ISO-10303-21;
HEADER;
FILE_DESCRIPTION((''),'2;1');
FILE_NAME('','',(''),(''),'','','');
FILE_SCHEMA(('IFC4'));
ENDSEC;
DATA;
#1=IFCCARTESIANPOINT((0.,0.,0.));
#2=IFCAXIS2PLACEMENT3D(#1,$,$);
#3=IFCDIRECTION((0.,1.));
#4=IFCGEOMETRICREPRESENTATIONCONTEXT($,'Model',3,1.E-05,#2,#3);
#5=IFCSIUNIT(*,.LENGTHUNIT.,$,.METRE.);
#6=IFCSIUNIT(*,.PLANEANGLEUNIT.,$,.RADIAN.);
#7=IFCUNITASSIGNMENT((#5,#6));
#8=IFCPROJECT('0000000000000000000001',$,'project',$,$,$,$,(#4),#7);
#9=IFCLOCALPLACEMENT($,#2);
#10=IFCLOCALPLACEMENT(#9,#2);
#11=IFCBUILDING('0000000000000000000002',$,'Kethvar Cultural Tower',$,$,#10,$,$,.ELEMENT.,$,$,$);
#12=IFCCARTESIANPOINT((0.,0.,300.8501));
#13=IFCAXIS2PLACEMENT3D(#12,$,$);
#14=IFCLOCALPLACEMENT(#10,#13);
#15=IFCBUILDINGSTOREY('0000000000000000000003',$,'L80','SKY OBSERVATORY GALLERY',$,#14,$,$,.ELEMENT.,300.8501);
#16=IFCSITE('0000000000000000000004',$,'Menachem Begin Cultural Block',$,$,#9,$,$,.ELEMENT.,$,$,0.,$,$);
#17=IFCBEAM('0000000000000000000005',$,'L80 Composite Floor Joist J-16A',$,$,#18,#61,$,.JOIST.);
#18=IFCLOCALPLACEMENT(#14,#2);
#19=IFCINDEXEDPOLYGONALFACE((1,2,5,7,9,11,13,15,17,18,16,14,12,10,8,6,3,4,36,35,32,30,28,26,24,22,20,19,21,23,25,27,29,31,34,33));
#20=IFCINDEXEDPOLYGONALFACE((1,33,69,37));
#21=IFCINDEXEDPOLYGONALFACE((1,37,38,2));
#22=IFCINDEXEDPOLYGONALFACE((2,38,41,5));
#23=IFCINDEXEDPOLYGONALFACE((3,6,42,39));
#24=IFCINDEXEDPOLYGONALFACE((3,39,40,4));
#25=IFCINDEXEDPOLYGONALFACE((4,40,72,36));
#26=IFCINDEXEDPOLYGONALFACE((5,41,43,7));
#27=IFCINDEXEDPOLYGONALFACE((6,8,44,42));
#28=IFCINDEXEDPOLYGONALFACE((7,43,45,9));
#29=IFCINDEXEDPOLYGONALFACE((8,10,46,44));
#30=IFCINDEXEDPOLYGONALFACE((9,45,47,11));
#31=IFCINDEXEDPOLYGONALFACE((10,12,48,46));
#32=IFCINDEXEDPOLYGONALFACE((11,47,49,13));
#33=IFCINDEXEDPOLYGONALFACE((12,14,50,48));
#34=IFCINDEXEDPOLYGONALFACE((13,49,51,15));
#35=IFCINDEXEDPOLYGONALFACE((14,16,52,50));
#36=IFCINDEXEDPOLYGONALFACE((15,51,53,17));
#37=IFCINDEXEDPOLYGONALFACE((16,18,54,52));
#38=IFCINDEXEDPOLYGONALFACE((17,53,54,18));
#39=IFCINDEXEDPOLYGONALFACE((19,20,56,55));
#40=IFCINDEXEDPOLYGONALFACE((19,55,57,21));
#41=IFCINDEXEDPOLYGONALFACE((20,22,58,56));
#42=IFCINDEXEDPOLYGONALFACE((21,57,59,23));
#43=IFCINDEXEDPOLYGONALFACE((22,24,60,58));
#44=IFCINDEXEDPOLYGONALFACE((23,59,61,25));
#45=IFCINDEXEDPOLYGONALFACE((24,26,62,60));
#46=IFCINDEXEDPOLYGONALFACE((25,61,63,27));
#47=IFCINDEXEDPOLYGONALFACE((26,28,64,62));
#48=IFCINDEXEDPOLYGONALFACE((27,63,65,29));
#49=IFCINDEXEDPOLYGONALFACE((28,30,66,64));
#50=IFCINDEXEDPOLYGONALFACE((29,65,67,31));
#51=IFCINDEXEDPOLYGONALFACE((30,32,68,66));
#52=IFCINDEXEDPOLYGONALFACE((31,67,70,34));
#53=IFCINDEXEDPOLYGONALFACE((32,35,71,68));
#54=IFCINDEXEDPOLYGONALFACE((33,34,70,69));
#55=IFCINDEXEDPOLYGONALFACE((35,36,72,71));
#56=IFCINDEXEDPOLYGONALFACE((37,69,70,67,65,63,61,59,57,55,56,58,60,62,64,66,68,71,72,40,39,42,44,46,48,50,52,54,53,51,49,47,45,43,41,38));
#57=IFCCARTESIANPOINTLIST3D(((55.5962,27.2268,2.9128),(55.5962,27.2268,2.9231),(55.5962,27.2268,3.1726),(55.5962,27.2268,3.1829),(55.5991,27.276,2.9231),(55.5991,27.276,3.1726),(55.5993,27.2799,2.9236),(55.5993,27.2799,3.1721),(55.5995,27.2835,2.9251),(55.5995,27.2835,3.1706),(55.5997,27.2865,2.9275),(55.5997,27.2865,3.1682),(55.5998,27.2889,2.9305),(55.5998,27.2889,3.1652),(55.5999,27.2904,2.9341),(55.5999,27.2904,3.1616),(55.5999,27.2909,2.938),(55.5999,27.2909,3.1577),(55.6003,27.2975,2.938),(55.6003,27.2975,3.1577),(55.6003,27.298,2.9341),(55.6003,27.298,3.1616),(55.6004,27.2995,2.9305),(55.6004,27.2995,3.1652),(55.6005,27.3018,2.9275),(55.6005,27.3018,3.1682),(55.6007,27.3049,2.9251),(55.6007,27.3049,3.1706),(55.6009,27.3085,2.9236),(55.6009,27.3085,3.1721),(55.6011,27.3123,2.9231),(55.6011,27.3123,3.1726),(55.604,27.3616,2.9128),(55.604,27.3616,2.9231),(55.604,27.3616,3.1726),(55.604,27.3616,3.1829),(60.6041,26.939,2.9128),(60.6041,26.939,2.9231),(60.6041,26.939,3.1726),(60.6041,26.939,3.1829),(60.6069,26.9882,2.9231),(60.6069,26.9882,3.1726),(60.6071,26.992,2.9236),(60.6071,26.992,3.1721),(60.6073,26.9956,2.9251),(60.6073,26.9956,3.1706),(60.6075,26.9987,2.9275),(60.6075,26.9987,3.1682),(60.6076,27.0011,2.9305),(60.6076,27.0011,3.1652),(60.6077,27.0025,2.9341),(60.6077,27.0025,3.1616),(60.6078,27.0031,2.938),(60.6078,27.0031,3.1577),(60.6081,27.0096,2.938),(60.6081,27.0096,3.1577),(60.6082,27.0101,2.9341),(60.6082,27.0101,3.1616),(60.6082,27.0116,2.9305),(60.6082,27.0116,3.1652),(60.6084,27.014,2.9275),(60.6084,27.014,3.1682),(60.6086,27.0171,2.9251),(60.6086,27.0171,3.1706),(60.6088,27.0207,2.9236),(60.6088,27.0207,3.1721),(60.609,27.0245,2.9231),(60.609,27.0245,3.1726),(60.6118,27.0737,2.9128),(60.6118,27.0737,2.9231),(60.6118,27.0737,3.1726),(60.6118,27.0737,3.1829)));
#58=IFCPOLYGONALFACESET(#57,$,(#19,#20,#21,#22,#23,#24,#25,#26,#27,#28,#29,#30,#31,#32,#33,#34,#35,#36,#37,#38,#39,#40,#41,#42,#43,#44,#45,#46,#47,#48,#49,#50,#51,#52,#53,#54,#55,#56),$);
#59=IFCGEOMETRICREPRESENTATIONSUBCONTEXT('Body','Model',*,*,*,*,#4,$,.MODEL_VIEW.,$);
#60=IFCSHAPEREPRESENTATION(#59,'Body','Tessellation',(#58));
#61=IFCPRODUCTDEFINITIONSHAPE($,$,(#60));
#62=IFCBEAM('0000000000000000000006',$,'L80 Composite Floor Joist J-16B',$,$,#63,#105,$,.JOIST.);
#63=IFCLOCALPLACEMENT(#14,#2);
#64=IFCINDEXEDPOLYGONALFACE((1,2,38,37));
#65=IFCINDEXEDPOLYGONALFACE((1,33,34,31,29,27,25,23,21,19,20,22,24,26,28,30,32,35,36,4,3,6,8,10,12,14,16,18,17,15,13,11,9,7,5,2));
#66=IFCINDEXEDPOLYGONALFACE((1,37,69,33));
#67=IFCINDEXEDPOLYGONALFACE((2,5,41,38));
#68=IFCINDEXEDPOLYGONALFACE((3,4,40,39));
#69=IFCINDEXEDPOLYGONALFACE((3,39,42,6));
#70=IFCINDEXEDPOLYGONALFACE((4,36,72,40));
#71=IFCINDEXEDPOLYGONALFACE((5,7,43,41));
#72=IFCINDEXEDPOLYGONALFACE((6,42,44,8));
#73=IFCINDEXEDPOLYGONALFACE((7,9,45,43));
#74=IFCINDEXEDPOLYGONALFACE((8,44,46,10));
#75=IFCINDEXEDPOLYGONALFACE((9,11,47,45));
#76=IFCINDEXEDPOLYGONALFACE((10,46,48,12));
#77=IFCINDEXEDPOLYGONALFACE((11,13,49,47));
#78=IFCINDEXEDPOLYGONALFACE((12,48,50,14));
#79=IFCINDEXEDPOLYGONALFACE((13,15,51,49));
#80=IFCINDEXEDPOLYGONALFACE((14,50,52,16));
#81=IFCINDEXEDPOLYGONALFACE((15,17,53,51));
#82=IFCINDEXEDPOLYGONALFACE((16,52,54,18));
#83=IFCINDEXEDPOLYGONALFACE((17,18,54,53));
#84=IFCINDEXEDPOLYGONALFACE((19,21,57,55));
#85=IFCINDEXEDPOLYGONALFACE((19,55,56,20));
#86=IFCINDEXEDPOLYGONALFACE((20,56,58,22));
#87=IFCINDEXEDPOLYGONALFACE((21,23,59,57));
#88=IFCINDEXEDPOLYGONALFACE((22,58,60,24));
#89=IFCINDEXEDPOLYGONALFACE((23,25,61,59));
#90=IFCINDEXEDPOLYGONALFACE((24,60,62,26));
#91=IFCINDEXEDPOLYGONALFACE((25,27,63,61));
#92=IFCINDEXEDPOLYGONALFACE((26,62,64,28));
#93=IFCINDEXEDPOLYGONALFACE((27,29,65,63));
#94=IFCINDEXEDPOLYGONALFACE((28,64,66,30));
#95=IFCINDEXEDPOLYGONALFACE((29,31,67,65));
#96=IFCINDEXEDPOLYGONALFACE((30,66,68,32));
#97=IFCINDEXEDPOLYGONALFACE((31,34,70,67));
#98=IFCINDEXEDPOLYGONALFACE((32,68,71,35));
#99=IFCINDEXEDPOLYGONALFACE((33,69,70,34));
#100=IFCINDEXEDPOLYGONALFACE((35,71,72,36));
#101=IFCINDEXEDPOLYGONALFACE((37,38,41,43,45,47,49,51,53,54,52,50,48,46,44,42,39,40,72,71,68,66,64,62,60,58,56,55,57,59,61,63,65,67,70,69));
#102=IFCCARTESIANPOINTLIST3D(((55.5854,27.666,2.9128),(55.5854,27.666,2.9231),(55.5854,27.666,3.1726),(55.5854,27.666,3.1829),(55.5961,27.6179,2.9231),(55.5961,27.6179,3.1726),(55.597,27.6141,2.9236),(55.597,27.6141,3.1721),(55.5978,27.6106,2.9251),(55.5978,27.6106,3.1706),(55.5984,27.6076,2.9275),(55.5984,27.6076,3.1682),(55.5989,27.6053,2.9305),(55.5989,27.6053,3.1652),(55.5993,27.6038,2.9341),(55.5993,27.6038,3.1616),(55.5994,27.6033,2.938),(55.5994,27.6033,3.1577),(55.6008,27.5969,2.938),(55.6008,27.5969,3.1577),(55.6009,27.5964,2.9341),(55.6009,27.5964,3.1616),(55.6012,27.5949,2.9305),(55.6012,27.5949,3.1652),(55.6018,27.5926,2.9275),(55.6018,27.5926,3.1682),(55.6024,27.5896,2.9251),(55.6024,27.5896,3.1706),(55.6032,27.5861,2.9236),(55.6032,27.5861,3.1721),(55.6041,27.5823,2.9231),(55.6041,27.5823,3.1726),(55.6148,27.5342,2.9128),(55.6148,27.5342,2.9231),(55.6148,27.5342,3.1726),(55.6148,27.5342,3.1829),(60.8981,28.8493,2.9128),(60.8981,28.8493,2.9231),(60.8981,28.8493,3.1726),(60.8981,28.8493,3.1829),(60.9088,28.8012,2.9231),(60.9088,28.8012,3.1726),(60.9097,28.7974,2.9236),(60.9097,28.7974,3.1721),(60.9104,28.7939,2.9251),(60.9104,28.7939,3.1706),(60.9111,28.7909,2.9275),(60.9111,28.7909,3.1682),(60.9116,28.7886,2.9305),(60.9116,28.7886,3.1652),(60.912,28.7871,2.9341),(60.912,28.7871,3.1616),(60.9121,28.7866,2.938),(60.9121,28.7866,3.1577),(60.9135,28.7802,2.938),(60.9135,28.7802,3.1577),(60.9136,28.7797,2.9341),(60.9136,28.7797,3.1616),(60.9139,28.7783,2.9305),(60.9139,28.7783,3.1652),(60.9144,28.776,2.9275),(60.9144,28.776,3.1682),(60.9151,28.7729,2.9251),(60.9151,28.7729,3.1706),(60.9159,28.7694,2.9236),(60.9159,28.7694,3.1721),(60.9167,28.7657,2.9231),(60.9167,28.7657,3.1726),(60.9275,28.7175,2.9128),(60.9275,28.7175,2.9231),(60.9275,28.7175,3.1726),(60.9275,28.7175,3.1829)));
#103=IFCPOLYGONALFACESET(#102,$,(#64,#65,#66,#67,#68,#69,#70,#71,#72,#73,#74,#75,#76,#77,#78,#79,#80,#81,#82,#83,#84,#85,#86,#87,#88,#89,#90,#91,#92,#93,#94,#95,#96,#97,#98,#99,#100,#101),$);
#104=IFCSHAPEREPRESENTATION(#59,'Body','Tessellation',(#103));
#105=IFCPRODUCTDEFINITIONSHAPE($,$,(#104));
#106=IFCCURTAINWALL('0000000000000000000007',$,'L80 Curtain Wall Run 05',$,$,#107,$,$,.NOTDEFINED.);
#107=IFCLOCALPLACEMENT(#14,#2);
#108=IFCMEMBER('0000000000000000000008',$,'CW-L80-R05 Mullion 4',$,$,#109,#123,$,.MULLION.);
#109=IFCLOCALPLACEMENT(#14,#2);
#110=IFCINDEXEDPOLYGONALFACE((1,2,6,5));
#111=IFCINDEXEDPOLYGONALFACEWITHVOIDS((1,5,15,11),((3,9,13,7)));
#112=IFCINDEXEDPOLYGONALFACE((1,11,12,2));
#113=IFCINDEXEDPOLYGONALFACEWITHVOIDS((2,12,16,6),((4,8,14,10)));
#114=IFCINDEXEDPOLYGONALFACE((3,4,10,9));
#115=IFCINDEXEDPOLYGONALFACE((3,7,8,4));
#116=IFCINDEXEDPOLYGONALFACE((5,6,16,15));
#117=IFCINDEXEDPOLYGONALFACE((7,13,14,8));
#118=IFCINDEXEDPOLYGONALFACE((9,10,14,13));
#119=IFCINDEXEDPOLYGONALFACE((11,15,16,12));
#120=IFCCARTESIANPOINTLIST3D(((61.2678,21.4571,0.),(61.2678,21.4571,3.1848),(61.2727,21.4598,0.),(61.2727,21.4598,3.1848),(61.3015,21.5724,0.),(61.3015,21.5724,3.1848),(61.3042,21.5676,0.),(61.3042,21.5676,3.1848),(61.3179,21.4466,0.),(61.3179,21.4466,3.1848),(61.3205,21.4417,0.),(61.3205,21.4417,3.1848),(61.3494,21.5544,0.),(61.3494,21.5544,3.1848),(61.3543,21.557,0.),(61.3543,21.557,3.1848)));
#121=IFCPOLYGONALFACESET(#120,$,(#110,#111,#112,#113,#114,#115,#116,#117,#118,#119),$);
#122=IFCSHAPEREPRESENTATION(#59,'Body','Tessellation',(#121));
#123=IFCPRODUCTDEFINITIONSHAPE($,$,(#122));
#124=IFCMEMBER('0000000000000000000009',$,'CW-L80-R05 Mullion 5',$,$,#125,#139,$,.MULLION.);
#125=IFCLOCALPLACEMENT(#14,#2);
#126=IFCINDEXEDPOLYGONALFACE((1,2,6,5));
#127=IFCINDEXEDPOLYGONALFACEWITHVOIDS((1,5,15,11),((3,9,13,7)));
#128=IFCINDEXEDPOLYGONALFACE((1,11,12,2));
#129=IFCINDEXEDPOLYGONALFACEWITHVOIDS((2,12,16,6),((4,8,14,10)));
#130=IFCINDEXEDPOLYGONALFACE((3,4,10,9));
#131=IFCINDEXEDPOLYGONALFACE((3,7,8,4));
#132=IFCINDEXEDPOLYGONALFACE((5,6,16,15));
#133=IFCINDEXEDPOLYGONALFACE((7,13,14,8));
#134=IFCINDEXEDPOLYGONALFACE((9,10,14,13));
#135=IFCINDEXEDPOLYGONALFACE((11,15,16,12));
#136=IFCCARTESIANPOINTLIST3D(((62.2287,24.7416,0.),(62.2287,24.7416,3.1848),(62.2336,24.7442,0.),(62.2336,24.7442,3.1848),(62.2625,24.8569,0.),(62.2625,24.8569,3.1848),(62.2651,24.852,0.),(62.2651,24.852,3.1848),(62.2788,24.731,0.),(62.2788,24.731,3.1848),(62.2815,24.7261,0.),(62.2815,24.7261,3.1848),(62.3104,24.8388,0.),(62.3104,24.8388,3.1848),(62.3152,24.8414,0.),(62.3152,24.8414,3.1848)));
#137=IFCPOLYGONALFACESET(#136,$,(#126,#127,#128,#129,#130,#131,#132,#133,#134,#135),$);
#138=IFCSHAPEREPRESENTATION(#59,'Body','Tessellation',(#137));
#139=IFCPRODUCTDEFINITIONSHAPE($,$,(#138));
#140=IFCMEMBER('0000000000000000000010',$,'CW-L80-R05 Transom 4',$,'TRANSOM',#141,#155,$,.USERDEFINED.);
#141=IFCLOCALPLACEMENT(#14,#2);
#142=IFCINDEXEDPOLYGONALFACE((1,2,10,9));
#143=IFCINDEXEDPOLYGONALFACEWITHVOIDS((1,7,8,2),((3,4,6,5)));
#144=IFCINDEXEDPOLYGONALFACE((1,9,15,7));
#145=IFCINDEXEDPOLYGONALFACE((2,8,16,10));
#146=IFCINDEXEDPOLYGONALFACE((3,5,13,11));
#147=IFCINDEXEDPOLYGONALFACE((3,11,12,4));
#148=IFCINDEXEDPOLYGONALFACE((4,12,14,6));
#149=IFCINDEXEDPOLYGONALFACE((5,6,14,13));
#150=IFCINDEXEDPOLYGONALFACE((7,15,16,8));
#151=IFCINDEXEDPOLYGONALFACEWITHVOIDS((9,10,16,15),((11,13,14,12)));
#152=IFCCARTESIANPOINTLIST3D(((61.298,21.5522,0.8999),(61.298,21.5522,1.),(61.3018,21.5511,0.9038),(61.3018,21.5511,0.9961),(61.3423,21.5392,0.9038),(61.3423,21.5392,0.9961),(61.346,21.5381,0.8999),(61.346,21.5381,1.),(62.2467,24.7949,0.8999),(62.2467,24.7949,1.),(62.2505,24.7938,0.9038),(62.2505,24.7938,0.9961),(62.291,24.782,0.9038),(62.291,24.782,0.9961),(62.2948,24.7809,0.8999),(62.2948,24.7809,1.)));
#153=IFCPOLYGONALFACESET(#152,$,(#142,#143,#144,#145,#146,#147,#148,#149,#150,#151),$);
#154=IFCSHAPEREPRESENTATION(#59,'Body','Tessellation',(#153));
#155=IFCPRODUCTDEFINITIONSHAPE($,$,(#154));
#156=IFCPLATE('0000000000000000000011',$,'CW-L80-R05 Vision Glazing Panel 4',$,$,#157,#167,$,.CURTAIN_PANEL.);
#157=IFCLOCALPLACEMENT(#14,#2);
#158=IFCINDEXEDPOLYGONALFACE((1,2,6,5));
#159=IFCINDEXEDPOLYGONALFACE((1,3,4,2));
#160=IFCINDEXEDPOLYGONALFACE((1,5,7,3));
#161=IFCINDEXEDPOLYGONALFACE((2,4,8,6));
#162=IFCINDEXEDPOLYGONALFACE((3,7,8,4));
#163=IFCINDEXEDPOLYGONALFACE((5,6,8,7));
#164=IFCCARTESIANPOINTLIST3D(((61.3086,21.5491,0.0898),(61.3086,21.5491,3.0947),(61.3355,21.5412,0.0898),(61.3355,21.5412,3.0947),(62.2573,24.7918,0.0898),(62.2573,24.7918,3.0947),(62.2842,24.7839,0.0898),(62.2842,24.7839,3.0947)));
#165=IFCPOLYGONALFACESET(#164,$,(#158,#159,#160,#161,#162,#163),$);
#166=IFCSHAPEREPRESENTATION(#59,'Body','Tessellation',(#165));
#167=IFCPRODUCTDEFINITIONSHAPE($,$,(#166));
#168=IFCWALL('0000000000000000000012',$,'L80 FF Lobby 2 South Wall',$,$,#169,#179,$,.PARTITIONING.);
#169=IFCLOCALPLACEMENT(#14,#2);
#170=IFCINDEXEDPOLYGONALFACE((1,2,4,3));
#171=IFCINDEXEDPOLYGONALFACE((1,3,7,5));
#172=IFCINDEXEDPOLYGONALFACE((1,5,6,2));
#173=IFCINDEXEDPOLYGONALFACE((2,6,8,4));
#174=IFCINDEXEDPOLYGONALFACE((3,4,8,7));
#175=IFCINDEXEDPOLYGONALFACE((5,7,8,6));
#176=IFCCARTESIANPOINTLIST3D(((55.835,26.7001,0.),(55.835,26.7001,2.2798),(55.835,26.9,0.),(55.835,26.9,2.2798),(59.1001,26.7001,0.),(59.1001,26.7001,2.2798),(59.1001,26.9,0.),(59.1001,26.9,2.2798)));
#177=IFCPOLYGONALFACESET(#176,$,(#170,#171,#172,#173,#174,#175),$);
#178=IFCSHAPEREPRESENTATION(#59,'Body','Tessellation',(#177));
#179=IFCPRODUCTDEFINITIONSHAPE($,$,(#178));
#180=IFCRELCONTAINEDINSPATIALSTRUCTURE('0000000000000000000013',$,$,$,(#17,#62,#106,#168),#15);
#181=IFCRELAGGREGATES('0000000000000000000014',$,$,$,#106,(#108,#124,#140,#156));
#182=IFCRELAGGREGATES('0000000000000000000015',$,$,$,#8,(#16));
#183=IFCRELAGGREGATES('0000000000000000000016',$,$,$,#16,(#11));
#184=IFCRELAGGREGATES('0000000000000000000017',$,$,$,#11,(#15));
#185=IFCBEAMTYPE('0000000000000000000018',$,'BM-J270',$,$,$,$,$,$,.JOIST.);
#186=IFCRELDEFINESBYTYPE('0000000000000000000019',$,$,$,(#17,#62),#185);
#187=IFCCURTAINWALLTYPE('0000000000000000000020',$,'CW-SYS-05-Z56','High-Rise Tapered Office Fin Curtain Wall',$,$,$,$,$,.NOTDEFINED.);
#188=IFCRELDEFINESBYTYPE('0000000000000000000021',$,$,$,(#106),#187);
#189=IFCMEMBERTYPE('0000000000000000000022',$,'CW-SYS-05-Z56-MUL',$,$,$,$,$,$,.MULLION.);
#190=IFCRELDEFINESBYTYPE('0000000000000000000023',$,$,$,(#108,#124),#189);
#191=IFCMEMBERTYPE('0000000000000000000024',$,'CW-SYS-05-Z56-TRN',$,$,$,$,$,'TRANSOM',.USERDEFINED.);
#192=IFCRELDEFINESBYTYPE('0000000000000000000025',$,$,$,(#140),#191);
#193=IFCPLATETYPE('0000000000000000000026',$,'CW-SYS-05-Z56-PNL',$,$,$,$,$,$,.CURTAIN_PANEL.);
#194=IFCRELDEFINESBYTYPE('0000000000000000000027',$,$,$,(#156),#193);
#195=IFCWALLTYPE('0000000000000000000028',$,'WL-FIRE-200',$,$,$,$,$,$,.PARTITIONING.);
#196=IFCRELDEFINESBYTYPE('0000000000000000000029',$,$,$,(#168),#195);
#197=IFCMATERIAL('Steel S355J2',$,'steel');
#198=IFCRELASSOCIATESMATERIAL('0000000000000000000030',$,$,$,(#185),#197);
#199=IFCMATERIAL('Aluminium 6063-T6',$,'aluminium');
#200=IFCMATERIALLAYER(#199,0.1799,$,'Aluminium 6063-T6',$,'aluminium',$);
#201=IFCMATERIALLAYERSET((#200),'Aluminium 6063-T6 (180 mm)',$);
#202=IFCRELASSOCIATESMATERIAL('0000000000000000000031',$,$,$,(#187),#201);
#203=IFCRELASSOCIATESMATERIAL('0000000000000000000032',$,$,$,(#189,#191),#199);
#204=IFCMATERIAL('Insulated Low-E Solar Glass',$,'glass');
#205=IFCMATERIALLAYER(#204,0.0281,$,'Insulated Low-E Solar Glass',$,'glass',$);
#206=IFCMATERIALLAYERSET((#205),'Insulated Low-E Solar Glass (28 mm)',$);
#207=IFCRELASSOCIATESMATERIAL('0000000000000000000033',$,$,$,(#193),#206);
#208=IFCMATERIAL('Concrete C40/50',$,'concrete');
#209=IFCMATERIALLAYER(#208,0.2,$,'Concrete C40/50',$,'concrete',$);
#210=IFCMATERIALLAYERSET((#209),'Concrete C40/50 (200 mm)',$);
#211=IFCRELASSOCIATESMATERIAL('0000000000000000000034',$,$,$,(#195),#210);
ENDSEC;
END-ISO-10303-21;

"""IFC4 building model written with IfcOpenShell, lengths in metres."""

from ifc_helpers import new_model, si_unit, direction, frame, frame_2d, origin, origin_2d, place, context, subcontext, project, spatial, rectangle, hollow_rectangle, i_section, extrude, source, transform, mapped, material, layer, layer_set, material_profile, profile_set, type_object, element, aggregate, save


model = new_model("IFC4")

# Units and contexts
model_context = context("Model", 3, precision=1e-05, world=origin(), true_north=direction((0.0, 1.0)))
body_context = subcontext(model_context, "Body", "Model", "MODEL_VIEW")
ifc_project = project(units=[si_unit("LENGTHUNIT", "METRE"), si_unit("PLANEANGLEUNIT", "RADIAN")], contexts=[model_context])

# Site, building, storey
site_placement = place(None, origin())
site = spatial("IfcSite", under=ifc_project, at=site_placement, Name="Menachem Begin Cultural Block", CompositionType="ELEMENT", RefElevation=0.0)
building_placement = place(site_placement, origin())
building = spatial("IfcBuilding", under=site, at=building_placement, Name="Kethvar Cultural Tower", CompositionType="ELEMENT")
storey_placement = place(building_placement, frame((0.0, 0.0, 300.8501)))
storey = spatial("IfcBuildingStorey", under=building, at=storey_placement, Name="L80", Description="SKY OBSERVATORY GALLERY", CompositionType="ELEMENT", Elevation=300.8501)

# Shared definitions
ifc_material_1 = material(Name="Steel S355J2", Category="steel")

# Beams
ifc_material_profile_1 = material_profile(ifc_material_1, i_section(OverallWidth=0.135, OverallDepth=0.27, WebThickness=0.0066, FlangeThickness=0.0103, FilletRadius=0.0149, at=origin_2d()), Name="Steel S355J2 — IPE270")
ifc_profile_set_1 = profile_set([ifc_material_profile_1], Name="Steel S355J2 — IPE270")
beam_type_1 = type_object("IfcBeamType", Name="BM-J270", PredefinedType="JOIST", material=ifc_profile_set_1)
shared_shape_1 = source(origin(), body_context, "Body", "SweptSolid", [
    extrude(i_section(OverallWidth=0.135, OverallDepth=0.27, WebThickness=0.0066, FlangeThickness=0.0103, FilletRadius=0.0149, at=origin_2d()), origin(), (0.0, 0.0, 1.0), 5.0161),
])
beam_1_placement = place(storey_placement, frame((55.6001, 27.2942, 3.0479), z_axis=(0.998352, -0.057384, 0.0), x_axis=(0.057384, 0.998352, 0.0)))
element("IfcBeam", 1, at=beam_1_placement, inside=storey, type_object=beam_type_1, Name="L80 Composite Floor Joist J-16A", PredefinedType="JOIST", context=body_context, shape_type="MappedRepresentation", body=[
    mapped(shared_shape_1, transform((0.0, 0.0, 0.0), scale=1.0)),
])
shared_shape_2 = source(origin(), body_context, "Body", "SweptSolid", [
    extrude(i_section(OverallWidth=0.135, OverallDepth=0.27, WebThickness=0.0066, FlangeThickness=0.0103, FilletRadius=0.0149, at=origin_2d()), origin(), (0.0, 0.0, 1.0), 5.4429),
])
beam_2_placement = place(storey_placement, frame((55.6001, 27.6001, 3.0479), z_axis=(0.97608, 0.21741, 0.0), x_axis=(-0.21741, 0.97608, 0.0)))
element("IfcBeam", 2, at=beam_2_placement, inside=storey, type_object=beam_type_1, Name="L80 Composite Floor Joist J-16B", PredefinedType="JOIST", context=body_context, shape_type="MappedRepresentation", body=[
    mapped(shared_shape_2, transform((0.0, 0.0, 0.0), scale=1.0)),
])

# Curtain wall, members, plate
ifc_material_2 = material(Name="Aluminium 6063-T6", Category="aluminium")
ifc_layer_1 = layer(ifc_material_2, 0.1799, Name="Aluminium 6063-T6", Category="aluminium")
ifc_layer_set_1 = layer_set([ifc_layer_1], Name="Aluminium 6063-T6 (180 mm)")
curtain_wall_type = type_object("IfcCurtainWallType", Name="CW-SYS-05-Z56", Description="High-Rise Tapered Office Fin Curtain Wall", PredefinedType="NOTDEFINED", material=ifc_layer_set_1)
curtain_wall_placement = place(storey_placement, origin())
curtain_wall = element("IfcCurtainWall", 3, at=curtain_wall_placement, inside=storey, type_object=curtain_wall_type, Name="L80 Curtain Wall Run 05", PredefinedType="NOTDEFINED")
ifc_material_profile_2 = material_profile(ifc_material_2, hollow_rectangle(XDim=0.0549, YDim=0.1201, WallThickness=0.0039, at=origin_2d()), Name="Aluminium 6063-T6 — RHS120x55x4")
ifc_profile_set_2 = profile_set([ifc_material_profile_2], Name="Aluminium 6063-T6 — RHS120x55x4")
member_type_1 = type_object("IfcMemberType", Name="CW-SYS-05-Z56-MUL", PredefinedType="MULLION", material=ifc_profile_set_2)
shared_shape_3 = source(origin(), body_context, "Body", "SweptSolid", [
    extrude(hollow_rectangle(XDim=0.0549, YDim=0.1201, WallThickness=0.0039, at=origin_2d()), origin(), (0.0, 0.0, 1.0), 3.1848),
])
member_1_placement = place(storey_placement, frame((61.311, 21.5071, 0.0), z_axis=(0.0, 0.0, 1.0), x_axis=(-0.959771, 0.280784, 0.0)))
member_1 = element("IfcMember", 4, at=member_1_placement, type_object=member_type_1, Name="CW-L80-R05 Mullion 4", PredefinedType="MULLION", context=body_context, shape_type="MappedRepresentation", body=[
    mapped(shared_shape_3, transform((0.0, 0.0, 0.0), scale=1.0)),
])
member_2_placement = place(storey_placement, frame((62.272, 24.7915, 0.0), z_axis=(0.0, 0.0, 1.0), x_axis=(-0.959771, 0.280784, 0.0)))
member_2 = element("IfcMember", 5, at=member_2_placement, type_object=member_type_1, Name="CW-L80-R05 Mullion 5", PredefinedType="MULLION", context=body_context, shape_type="MappedRepresentation", body=[
    mapped(shared_shape_3, transform((0.0, 0.0, 0.0), scale=1.0)),
])
ifc_material_profile_3 = material_profile(ifc_material_2, hollow_rectangle(XDim=0.05, YDim=0.1001, WallThickness=0.0039, at=origin_2d()), Name="Aluminium 6063-T6 — RHS100x50x4")
ifc_profile_set_3 = profile_set([ifc_material_profile_3], Name="Aluminium 6063-T6 — RHS100x50x4")
member_type_2 = type_object("IfcMemberType", Name="CW-SYS-05-Z56-TRN", ElementType="TRANSOM", PredefinedType="USERDEFINED", material=ifc_profile_set_3)
shared_shape_4 = source(origin(), body_context, "Body", "SweptSolid", [
    extrude(hollow_rectangle(XDim=0.05, YDim=0.1001, WallThickness=0.0039, at=origin_2d()), origin(), (0.0, 0.0, 1.0), 3.3787),
])
member_3_placement = place(storey_placement, frame((61.322, 21.5452, 0.95), z_axis=(0.280805, 0.959765, 0.0), x_axis=(-0.959765, 0.280805, 0.0)))
member_3 = element("IfcMember", 6, at=member_3_placement, type_object=member_type_2, Name="CW-L80-R05 Transom 4", ObjectType="TRANSOM", PredefinedType="USERDEFINED", context=body_context, shape_type="MappedRepresentation", body=[
    mapped(shared_shape_4, transform((0.0, 0.0, 0.0), scale=1.0)),
])
ifc_material_3 = material(Name="Insulated Low-E Solar Glass", Category="glass")
ifc_layer_2 = layer(ifc_material_3, 0.0281, Name="Insulated Low-E Solar Glass", Category="glass")
ifc_layer_set_2 = layer_set([ifc_layer_2], Name="Insulated Low-E Solar Glass (28 mm)")
plate_type = type_object("IfcPlateType", Name="CW-SYS-05-Z56-PNL", PredefinedType="CURTAIN_PANEL", material=ifc_layer_set_2)
shared_shape_5 = source(origin(), body_context, "Body", "SweptSolid", [
    extrude(rectangle(XDim=3.3787, YDim=0.0281, at=origin_2d()), origin(), (0.0, 0.0, 1.0), 3.0049),
])
plate_placement = place(storey_placement, frame((61.7964, 23.1665, 0.0898), z_axis=(0.0, 0.0, 1.0), x_axis=(0.280784, 0.959771, 0.0)))
plate = element("IfcPlate", 7, at=plate_placement, type_object=plate_type, Name="CW-L80-R05 Vision Glazing Panel 4", PredefinedType="CURTAIN_PANEL", context=body_context, shape_type="MappedRepresentation", body=[
    mapped(shared_shape_5, transform((0.0, 0.0, 0.0), scale=1.0)),
])
aggregate(curtain_wall, [member_1, member_2, member_3, plate])

# Shared definitions
ifc_material_4 = material(Name="Concrete C40/50", Category="concrete")
ifc_layer_3 = layer(ifc_material_4, 0.2, Name="Concrete C40/50", Category="concrete")
ifc_layer_set_3 = layer_set([ifc_layer_3], Name="Concrete C40/50 (200 mm)")
wall_type = type_object("IfcWallType", Name="WL-FIRE-200", PredefinedType="PARTITIONING", material=ifc_layer_set_3)

# Wall
wall_1_placement = place(storey_placement, frame((55.835, 26.8, 0.0), z_axis=(0.0, 0.0, 1.0), x_axis=(1.0, 0.0, 0.0)))
element("IfcWall", 8, at=wall_1_placement, inside=storey, type_object=wall_type, Name="L80 FF Lobby 2 South Wall", PredefinedType="PARTITIONING", context=body_context, shape_type="SweptSolid", body=[
    extrude(rectangle(XDim=3.2651, YDim=0.2, at=frame_2d((1.6326, 0.0))), origin(), (0.0, 0.0, 1.0), 2.2798),
])

save(model, "model.ifc")
